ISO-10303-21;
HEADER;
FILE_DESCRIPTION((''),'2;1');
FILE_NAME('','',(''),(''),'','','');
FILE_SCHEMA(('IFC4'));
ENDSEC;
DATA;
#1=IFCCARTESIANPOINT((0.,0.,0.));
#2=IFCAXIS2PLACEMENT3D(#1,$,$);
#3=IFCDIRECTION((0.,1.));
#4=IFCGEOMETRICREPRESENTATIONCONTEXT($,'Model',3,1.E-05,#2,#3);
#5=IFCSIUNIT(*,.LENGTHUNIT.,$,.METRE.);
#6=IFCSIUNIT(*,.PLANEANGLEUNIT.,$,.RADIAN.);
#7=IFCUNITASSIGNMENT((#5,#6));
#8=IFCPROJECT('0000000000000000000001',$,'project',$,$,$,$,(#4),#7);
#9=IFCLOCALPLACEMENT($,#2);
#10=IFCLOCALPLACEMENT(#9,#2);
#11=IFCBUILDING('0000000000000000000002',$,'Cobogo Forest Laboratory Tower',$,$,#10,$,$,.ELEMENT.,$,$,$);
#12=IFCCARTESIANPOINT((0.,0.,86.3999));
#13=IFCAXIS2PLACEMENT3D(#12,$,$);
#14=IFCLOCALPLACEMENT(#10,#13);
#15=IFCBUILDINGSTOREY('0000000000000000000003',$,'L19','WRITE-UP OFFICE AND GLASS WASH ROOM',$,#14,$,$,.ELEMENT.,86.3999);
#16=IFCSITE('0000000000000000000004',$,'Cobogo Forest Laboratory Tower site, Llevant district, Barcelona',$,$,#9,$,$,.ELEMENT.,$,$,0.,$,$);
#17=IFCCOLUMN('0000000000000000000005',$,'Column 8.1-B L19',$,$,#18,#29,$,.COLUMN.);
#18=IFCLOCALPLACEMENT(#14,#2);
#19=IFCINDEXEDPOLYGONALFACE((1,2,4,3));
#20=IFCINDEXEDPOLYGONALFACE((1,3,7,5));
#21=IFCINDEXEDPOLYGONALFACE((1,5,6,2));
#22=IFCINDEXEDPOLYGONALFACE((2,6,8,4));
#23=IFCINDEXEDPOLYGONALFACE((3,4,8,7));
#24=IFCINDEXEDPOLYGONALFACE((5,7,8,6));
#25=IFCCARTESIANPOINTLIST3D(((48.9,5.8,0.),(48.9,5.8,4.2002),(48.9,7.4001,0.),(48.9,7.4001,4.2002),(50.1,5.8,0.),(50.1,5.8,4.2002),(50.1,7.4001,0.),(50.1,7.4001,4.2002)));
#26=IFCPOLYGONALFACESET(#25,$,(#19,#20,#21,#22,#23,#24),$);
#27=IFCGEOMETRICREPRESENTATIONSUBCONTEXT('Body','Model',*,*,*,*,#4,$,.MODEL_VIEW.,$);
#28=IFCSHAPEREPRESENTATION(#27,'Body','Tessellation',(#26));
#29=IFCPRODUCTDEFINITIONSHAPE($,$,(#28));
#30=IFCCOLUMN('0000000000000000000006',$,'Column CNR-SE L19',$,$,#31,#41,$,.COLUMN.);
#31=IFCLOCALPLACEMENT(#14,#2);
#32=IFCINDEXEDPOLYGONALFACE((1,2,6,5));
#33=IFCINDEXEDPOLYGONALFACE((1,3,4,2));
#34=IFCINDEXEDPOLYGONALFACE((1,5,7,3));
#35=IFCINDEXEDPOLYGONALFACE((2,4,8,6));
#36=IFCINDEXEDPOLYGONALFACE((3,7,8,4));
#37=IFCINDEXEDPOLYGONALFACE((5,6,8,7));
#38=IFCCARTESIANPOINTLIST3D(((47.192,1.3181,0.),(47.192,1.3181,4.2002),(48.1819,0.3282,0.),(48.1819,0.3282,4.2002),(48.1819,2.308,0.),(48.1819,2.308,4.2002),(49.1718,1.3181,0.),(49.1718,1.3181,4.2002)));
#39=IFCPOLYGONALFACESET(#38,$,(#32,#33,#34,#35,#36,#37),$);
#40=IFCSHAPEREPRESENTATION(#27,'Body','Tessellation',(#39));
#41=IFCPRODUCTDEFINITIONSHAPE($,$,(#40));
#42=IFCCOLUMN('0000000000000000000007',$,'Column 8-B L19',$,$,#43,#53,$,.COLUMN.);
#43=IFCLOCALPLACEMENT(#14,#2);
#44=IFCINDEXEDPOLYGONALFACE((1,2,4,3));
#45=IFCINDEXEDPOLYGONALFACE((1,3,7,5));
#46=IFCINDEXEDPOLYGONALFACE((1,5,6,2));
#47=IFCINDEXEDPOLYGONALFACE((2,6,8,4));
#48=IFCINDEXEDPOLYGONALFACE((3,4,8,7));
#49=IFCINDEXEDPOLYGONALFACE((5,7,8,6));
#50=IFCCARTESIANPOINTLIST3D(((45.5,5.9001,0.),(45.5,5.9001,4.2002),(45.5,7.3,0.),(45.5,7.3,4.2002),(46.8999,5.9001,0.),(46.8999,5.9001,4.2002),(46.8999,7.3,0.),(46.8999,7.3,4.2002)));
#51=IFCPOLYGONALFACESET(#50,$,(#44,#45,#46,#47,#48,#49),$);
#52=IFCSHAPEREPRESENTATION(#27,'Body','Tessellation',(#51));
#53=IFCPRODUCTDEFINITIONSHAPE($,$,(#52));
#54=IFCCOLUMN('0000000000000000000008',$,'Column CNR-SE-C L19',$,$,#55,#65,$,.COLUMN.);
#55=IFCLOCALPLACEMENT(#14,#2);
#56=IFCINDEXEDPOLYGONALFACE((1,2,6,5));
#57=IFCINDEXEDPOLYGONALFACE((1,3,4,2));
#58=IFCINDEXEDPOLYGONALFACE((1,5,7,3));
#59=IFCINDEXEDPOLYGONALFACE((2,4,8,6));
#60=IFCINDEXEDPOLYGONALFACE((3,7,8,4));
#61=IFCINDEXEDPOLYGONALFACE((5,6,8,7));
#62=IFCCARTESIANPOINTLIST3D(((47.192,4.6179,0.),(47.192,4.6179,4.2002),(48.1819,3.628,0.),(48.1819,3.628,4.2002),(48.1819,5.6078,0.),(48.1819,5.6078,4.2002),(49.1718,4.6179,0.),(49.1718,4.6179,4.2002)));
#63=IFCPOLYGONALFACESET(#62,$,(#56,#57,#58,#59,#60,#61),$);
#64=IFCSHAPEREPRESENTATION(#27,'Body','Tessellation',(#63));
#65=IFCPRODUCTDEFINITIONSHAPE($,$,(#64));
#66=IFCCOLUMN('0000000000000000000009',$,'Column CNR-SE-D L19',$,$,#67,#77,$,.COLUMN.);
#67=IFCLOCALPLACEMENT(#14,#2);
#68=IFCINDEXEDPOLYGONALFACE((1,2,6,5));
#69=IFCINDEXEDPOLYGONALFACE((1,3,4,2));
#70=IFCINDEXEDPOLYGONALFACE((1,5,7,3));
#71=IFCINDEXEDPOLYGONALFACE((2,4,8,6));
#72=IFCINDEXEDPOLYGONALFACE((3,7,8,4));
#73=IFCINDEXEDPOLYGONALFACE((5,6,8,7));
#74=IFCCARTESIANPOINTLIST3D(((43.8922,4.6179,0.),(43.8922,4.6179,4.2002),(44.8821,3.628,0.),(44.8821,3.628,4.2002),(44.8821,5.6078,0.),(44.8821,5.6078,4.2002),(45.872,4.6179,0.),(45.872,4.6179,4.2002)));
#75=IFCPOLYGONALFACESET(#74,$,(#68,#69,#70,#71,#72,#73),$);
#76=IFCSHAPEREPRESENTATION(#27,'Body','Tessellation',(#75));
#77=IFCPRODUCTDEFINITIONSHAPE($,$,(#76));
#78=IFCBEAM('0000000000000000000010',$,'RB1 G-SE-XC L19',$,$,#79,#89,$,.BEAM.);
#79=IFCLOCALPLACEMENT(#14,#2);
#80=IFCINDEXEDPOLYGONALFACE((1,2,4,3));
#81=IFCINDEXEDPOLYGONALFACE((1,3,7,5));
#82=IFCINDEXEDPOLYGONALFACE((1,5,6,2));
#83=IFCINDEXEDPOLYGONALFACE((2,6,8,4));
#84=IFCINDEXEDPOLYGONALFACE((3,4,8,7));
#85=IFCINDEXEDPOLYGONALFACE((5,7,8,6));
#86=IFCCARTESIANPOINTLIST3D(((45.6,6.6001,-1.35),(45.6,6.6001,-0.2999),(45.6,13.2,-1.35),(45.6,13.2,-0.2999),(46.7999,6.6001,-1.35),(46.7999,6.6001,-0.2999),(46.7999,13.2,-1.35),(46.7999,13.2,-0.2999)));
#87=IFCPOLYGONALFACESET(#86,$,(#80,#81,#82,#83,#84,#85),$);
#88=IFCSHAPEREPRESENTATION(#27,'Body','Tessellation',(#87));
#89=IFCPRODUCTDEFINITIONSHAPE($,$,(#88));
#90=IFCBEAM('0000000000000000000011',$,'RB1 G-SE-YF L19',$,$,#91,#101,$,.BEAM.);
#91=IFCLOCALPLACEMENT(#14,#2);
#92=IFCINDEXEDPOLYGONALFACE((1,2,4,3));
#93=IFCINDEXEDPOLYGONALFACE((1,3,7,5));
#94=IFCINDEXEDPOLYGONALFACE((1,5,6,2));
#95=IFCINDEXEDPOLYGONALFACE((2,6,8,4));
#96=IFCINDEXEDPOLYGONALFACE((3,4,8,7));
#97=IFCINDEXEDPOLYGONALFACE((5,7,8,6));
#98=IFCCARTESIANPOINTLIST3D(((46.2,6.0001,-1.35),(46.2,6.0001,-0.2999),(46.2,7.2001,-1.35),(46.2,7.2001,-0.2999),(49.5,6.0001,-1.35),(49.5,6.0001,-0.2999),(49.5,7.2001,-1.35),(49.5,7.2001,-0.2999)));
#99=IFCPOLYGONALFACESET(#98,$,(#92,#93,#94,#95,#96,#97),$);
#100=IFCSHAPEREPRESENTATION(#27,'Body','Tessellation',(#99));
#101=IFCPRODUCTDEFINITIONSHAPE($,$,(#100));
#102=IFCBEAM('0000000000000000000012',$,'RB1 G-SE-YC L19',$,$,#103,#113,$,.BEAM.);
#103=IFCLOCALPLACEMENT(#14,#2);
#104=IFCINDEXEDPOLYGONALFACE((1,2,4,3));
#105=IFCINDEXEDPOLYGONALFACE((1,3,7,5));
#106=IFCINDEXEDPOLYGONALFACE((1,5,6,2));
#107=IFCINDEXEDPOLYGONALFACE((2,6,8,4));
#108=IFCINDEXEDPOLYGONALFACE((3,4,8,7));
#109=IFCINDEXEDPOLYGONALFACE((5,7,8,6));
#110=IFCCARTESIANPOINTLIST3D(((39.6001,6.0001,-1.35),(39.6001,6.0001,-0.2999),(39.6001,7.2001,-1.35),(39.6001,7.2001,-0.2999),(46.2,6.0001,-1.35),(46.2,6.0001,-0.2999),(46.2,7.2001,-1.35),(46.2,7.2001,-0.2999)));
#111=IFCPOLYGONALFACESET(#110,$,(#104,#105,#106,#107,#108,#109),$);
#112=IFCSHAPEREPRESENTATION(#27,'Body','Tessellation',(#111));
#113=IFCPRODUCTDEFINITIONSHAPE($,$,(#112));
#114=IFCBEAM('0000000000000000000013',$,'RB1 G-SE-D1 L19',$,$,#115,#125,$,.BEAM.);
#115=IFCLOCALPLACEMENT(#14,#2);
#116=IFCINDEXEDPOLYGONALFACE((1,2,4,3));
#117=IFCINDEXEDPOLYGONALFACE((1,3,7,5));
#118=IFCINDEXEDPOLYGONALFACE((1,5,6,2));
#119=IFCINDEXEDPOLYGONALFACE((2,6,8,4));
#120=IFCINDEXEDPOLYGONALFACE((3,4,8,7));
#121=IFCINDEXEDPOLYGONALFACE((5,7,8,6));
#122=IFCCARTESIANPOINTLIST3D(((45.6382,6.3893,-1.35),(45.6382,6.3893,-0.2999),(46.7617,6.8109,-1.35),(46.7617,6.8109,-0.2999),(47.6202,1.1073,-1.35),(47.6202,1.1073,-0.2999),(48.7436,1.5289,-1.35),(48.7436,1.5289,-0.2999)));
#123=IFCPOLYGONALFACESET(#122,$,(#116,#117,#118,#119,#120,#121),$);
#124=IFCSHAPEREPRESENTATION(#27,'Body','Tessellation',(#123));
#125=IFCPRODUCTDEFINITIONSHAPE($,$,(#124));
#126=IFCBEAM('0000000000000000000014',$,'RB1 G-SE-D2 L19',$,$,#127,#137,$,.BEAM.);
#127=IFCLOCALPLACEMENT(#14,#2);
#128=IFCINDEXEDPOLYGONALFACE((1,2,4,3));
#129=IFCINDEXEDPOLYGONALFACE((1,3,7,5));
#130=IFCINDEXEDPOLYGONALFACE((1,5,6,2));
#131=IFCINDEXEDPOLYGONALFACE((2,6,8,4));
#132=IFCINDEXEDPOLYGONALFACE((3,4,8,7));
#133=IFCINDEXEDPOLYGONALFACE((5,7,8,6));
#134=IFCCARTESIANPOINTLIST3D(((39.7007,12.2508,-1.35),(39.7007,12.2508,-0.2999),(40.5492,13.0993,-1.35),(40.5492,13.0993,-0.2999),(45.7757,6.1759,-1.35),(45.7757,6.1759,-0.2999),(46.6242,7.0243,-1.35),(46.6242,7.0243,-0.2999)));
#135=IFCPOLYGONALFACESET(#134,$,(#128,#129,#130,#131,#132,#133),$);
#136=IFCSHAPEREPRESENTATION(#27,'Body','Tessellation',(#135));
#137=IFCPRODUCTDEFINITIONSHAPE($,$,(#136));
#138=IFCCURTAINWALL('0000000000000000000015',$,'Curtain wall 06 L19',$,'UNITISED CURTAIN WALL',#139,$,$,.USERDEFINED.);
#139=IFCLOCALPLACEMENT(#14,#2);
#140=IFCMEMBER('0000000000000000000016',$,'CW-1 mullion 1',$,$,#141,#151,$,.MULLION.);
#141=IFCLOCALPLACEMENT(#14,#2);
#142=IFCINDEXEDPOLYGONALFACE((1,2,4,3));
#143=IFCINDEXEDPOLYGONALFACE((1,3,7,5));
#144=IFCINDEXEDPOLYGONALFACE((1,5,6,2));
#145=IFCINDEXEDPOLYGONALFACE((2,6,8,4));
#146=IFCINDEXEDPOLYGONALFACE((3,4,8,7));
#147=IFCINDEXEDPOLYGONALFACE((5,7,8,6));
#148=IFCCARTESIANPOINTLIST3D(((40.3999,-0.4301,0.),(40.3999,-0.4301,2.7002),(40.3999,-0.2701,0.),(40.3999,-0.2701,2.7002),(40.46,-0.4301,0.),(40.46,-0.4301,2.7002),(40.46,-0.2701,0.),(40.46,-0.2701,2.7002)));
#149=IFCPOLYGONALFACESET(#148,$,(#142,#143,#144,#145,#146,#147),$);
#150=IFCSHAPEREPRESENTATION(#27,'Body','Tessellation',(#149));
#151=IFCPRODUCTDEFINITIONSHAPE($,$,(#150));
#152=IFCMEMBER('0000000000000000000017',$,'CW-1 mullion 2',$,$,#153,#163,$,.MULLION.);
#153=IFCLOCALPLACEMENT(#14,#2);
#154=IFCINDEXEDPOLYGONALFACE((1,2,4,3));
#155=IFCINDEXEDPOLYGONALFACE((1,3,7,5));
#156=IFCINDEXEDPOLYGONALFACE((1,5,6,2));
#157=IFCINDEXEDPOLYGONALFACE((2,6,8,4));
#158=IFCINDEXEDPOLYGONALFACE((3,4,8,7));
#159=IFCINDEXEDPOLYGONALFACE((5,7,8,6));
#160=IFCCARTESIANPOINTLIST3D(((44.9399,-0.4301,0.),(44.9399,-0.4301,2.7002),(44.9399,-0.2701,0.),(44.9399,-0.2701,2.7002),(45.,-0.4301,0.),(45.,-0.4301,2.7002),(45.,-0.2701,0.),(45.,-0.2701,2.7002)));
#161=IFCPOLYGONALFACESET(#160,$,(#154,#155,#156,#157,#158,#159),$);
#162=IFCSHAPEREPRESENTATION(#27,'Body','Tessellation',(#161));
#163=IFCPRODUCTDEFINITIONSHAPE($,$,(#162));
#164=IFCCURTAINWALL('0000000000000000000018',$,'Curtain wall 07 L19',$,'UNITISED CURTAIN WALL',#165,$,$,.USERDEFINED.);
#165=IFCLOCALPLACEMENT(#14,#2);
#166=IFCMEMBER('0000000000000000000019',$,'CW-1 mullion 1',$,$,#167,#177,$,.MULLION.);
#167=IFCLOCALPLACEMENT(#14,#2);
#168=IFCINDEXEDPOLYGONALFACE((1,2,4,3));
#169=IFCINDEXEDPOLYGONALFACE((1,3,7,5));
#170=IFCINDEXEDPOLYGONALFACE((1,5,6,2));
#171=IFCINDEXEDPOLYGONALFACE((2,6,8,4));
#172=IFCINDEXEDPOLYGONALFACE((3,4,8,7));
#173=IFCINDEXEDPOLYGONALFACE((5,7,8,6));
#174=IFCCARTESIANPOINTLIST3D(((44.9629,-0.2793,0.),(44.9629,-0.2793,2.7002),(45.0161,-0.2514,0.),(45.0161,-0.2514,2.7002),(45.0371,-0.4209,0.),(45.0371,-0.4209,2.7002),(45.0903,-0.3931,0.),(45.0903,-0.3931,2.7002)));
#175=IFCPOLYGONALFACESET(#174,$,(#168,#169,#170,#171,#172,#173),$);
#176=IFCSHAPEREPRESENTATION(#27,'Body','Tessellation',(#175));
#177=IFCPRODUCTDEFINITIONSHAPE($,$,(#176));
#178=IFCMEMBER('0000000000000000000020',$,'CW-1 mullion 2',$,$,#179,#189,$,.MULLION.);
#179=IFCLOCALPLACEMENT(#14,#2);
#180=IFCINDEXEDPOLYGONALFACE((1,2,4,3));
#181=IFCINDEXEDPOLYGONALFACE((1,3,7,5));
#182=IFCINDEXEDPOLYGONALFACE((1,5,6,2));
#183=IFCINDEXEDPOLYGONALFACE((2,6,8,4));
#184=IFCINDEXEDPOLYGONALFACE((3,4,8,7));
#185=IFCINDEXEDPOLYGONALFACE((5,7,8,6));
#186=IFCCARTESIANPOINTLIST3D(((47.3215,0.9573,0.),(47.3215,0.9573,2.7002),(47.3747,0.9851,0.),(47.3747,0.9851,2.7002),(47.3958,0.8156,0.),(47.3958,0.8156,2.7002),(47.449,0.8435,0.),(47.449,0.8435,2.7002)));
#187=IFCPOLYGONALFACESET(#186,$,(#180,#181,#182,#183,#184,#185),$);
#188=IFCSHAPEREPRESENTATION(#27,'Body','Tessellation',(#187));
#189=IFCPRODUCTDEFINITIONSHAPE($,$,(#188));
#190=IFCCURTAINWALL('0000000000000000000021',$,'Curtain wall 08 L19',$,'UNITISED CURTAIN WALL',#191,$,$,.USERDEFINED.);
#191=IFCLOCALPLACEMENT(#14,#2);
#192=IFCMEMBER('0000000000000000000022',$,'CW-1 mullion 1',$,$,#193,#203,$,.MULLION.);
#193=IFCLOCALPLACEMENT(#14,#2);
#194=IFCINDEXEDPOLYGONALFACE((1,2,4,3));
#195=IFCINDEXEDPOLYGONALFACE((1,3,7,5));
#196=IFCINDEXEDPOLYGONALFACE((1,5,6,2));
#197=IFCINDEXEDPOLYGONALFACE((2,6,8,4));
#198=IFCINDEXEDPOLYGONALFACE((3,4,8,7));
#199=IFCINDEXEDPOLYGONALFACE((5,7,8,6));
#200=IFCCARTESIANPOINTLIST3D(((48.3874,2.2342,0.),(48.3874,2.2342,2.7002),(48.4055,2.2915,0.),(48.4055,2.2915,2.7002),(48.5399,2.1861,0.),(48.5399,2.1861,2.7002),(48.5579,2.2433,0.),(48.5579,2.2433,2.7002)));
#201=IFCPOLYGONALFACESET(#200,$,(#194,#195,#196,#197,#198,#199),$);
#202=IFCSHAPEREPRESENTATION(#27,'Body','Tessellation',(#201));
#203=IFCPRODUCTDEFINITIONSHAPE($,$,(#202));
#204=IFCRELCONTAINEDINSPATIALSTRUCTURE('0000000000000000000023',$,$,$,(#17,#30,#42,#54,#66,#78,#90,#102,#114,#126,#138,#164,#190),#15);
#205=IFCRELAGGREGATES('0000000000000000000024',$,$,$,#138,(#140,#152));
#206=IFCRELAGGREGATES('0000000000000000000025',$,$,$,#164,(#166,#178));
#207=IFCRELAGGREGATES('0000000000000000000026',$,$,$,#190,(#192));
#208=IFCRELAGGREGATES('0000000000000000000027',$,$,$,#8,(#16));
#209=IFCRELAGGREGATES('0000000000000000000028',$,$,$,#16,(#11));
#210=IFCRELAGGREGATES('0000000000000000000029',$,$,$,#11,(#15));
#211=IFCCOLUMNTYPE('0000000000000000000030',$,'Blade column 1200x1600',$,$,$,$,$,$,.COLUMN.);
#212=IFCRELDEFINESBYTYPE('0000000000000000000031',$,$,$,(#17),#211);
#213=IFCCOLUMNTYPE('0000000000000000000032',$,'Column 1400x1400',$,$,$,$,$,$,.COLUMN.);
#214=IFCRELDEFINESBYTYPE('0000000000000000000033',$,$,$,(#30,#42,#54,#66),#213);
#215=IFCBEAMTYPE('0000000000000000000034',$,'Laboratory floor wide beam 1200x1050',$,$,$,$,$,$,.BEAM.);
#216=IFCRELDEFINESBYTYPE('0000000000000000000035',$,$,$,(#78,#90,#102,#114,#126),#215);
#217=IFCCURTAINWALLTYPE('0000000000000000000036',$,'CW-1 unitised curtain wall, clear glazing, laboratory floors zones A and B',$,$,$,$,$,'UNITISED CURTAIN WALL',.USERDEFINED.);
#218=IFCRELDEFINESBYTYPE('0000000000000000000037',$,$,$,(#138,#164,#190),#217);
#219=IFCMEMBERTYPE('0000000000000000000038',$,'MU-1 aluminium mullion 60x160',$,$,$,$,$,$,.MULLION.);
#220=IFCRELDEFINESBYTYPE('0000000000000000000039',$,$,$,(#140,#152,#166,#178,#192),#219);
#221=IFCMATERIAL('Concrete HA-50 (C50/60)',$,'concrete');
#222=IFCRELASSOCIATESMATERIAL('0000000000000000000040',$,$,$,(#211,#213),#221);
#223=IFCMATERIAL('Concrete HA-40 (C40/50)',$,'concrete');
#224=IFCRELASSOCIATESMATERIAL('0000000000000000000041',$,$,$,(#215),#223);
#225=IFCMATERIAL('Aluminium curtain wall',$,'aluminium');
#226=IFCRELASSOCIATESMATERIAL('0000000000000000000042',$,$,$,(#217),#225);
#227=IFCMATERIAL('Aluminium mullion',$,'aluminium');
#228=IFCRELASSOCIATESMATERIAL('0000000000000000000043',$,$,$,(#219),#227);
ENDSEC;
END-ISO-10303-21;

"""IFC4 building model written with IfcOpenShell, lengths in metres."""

from ifc_helpers import new_model, si_unit, direction, frame, origin, origin_2d, place, context, subcontext, project, spatial, rectangle, extrude, material, material_profile, profile_set, type_object, element, aggregate, save


model = new_model("IFC4")

# Units and contexts
model_context = context("Model", 3, precision=1e-05, world=origin(), true_north=direction((0.0, 1.0)))
body_context = subcontext(model_context, "Body", "Model", "MODEL_VIEW")
ifc_project = project(units=[si_unit("LENGTHUNIT", "METRE"), si_unit("PLANEANGLEUNIT", "RADIAN")], contexts=[model_context])

# Site, building, storey
site_placement = place(None, origin())
site = spatial("IfcSite", under=ifc_project, at=site_placement, Name="Cobogo Forest Laboratory Tower site, Llevant district, Barcelona", CompositionType="ELEMENT", RefElevation=0.0)
building_placement = place(site_placement, origin())
building = spatial("IfcBuilding", under=site, at=building_placement, Name="Cobogo Forest Laboratory Tower", CompositionType="ELEMENT")
storey_placement = place(building_placement, frame((0.0, 0.0, 86.3999)))
storey = spatial("IfcBuildingStorey", under=building, at=storey_placement, Name="L19", Description="WRITE-UP OFFICE AND GLASS WASH ROOM", CompositionType="ELEMENT", Elevation=86.3999)

# Columns
ifc_material_1 = material(Name="Concrete HA-50 (C50/60)", Category="concrete")
ifc_material_profile_1 = material_profile(ifc_material_1, rectangle(XDim=1.6001, YDim=1.2, at=origin_2d()), Name="RC 1200x1600")
ifc_profile_set_1 = profile_set([ifc_material_profile_1], Name="Concrete HA-50 (C50/60)")
column_type_1 = type_object("IfcColumnType", Name="Blade column 1200x1600", PredefinedType="COLUMN", material=ifc_profile_set_1)
column_placement = place(storey_placement, frame((49.5, 6.6001, 0.0), z_axis=(0.0, 0.0, 1.0), x_axis=(0.0, 1.0, 0.0)))
element("IfcColumn", 1, at=column_placement, inside=storey, type_object=column_type_1, Name="Column 8.1-B L19", PredefinedType="COLUMN", context=body_context, shape_type="SweptSolid", body=[
    extrude(rectangle(XDim=1.6001, YDim=1.2, at=origin_2d()), origin(), (0.0, 0.0, 1.0), 4.2002),
])
ifc_material_profile_2 = material_profile(ifc_material_1, rectangle(XDim=1.3999, YDim=1.3999, at=origin_2d()), Name="RC 1400x1400")
ifc_profile_set_2 = profile_set([ifc_material_profile_2], Name="Concrete HA-50 (C50/60)")
column_type_2 = type_object("IfcColumnType", Name="Column 1400x1400", PredefinedType="COLUMN", material=ifc_profile_set_2)
for number, where, z_axis, x_axis, name in (
    (2, (48.1819, 1.3181, 0.0), (0.0, 0.0, 1.0), (0.707107, 0.707107, 0.0), "Column CNR-SE L19"),
    (3, (46.2, 6.6001, 0.0), (0.0, 0.0, 1.0), (1.0, 0.0, 0.0), "Column 8-B L19"),
    (4, (48.1819, 4.6179, 0.0), (0.0, 0.0, 1.0), (0.707107, 0.707107, 0.0), "Column CNR-SE-C L19"),
    (5, (44.8821, 4.6179, 0.0), (0.0, 0.0, 1.0), (0.707107, 0.707107, 0.0), "Column CNR-SE-D L19"),
):
    element("IfcColumn", number, at=place(storey_placement, frame(where, z_axis=z_axis, x_axis=x_axis)), inside=storey, type_object=column_type_2, Name=name, PredefinedType="COLUMN", context=body_context, shape_type="SweptSolid", body=[
        extrude(rectangle(XDim=1.3999, YDim=1.3999, at=origin_2d()), origin(), (0.0, 0.0, 1.0), 4.2002),
    ])

# Beams
ifc_material_2 = material(Name="Concrete HA-40 (C40/50)", Category="concrete")
ifc_material_profile_3 = material_profile(ifc_material_2, rectangle(XDim=1.2, YDim=1.05, at=origin_2d()), Name="RC 1200x1050")
ifc_profile_set_3 = profile_set([ifc_material_profile_3], Name="Concrete HA-40 (C40/50)")
beam_type_1 = type_object("IfcBeamType", Name="Laboratory floor wide beam 1200x1050", PredefinedType="BEAM", material=ifc_profile_set_3)
beam_1_placement = place(storey_placement, frame((46.2, 6.6001, -0.825), z_axis=(0.0, 1.0, 0.0), x_axis=(-1.0, 0.0, 0.0)))
element("IfcBeam", 6, at=beam_1_placement, inside=storey, type_object=beam_type_1, Name="RB1 G-SE-XC L19", PredefinedType="BEAM", context=body_context, shape_type="SweptSolid", body=[
    extrude(rectangle(XDim=1.2, YDim=1.05, at=origin_2d()), origin(), (0.0, 0.0, 1.0), 6.5999),
])
beam_2_placement = place(storey_placement, frame((49.5, 6.6001, -0.825), z_axis=(-1.0, 0.0, 0.0), x_axis=(0.0, -1.0, 0.0)))
element("IfcBeam", 7, at=beam_2_placement, inside=storey, type_object=beam_type_1, Name="RB1 G-SE-YF L19", PredefinedType="BEAM", context=body_context, shape_type="SweptSolid", body=[
    extrude(rectangle(XDim=1.2, YDim=1.05, at=origin_2d()), origin(), (0.0, 0.0, 1.0), 3.3),
])
beam_3_placement = place(storey_placement, frame((46.2, 6.6001, -0.825), z_axis=(-1.0, 0.0, 0.0), x_axis=(0.0, -1.0, 0.0)))
element("IfcBeam", 8, at=beam_3_placement, inside=storey, type_object=beam_type_1, Name="RB1 G-SE-YC L19", PredefinedType="BEAM", context=body_context, shape_type="SweptSolid", body=[
    extrude(rectangle(XDim=1.2, YDim=1.05, at=origin_2d()), origin(), (0.0, 0.0, 1.0), 6.5999),
])
beam_4_placement = place(storey_placement, frame((48.1819, 1.3181, -0.825), z_axis=(-0.351308, 0.93626, 0.0), x_axis=(-0.93626, -0.351308, 0.0)))
element("IfcBeam", 9, at=beam_4_placement, inside=storey, type_object=beam_type_1, Name="RB1 G-SE-D1 L19", PredefinedType="BEAM", context=body_context, shape_type="SweptSolid", body=[
    extrude(rectangle(XDim=1.2, YDim=1.05, at=origin_2d()), origin(), (0.0, 0.0, 1.0), 5.6416),
])
beam_5_placement = place(storey_placement, frame((46.2, 6.6001, -0.825), z_axis=(-0.707107, 0.707107, 0.0), x_axis=(-0.707107, -0.707107, 0.0)))
element("IfcBeam", 10, at=beam_5_placement, inside=storey, type_object=beam_type_1, Name="RB1 G-SE-D2 L19", PredefinedType="BEAM", context=body_context, shape_type="SweptSolid", body=[
    extrude(rectangle(XDim=1.2, YDim=1.05, at=origin_2d()), origin(), (0.0, 0.0, 1.0), 8.5913),
])

# Curtain walls, members
ifc_material_3 = material(Name="Aluminium curtain wall", Category="aluminium")
curtain_wall_type = type_object("IfcCurtainWallType", Name="CW-1 unitised curtain wall, clear glazing, laboratory floors zones A and B", ElementType="UNITISED CURTAIN WALL", PredefinedType="USERDEFINED", material=ifc_material_3)
curtain_wall_1_placement = place(storey_placement, origin())
curtain_wall_1 = element("IfcCurtainWall", 11, at=curtain_wall_1_placement, inside=storey, type_object=curtain_wall_type, Name="Curtain wall 06 L19", ObjectType="UNITISED CURTAIN WALL", PredefinedType="USERDEFINED")
ifc_material_4 = material(Name="Aluminium mullion", Category="aluminium")
ifc_material_profile_4 = material_profile(ifc_material_4, rectangle(XDim=0.0601, YDim=0.1599, at=origin_2d()), Name="AL 60x160")
ifc_profile_set_4 = profile_set([ifc_material_profile_4], Name="Aluminium mullion")
member_type_1 = type_object("IfcMemberType", Name="MU-1 aluminium mullion 60x160", PredefinedType="MULLION", material=ifc_profile_set_4)
member_1_placement = place(storey_placement, frame((40.4299, -0.3501, 0.0), z_axis=(0.0, 0.0, 1.0), x_axis=(1.0, 0.0, 0.0)))
member_1 = element("IfcMember", 12, at=member_1_placement, type_object=member_type_1, Name="CW-1 mullion 1", PredefinedType="MULLION", context=body_context, shape_type="SweptSolid", body=[
    extrude(rectangle(XDim=0.0601, YDim=0.1599, at=origin_2d()), origin(), (0.0, 0.0, 1.0), 2.7002),
])
member_2_placement = place(storey_placement, frame((44.97, -0.3501, 0.0), z_axis=(0.0, 0.0, 1.0), x_axis=(1.0, 0.0, 0.0)))
member_2 = element("IfcMember", 13, at=member_2_placement, type_object=member_type_1, Name="CW-1 mullion 2", PredefinedType="MULLION", context=body_context, shape_type="SweptSolid", body=[
    extrude(rectangle(XDim=0.0601, YDim=0.1599, at=origin_2d()), origin(), (0.0, 0.0, 1.0), 2.7002),
])
curtain_wall_2_placement = place(storey_placement, origin())
curtain_wall_2 = element("IfcCurtainWall", 14, at=curtain_wall_2_placement, inside=storey, type_object=curtain_wall_type, Name="Curtain wall 07 L19", ObjectType="UNITISED CURTAIN WALL", PredefinedType="USERDEFINED")
member_3_placement = place(storey_placement, frame((45.0266, -0.3362, 0.0), z_axis=(0.0, 0.0, 1.0), x_axis=(0.885687, 0.464284, 0.0)))
member_3 = element("IfcMember", 15, at=member_3_placement, type_object=member_type_1, Name="CW-1 mullion 1", PredefinedType="MULLION", context=body_context, shape_type="SweptSolid", body=[
    extrude(rectangle(XDim=0.0601, YDim=0.1599, at=origin_2d()), origin(), (0.0, 0.0, 1.0), 2.7002),
])
member_4_placement = place(storey_placement, frame((47.3853, 0.9004, 0.0), z_axis=(0.0, 0.0, 1.0), x_axis=(0.885687, 0.464284, 0.0)))
member_4 = element("IfcMember", 16, at=member_4_placement, type_object=member_type_1, Name="CW-1 mullion 2", PredefinedType="MULLION", context=body_context, shape_type="SweptSolid", body=[
    extrude(rectangle(XDim=0.0601, YDim=0.1599, at=origin_2d()), origin(), (0.0, 0.0, 1.0), 2.7002),
])
curtain_wall_3_placement = place(storey_placement, origin())
curtain_wall_3 = element("IfcCurtainWall", 17, at=curtain_wall_3_placement, inside=storey, type_object=curtain_wall_type, Name="Curtain wall 08 L19", ObjectType="UNITISED CURTAIN WALL", PredefinedType="USERDEFINED")
member_5_placement = place(storey_placement, frame((48.4727, 2.2388, 0.0), z_axis=(0.0, 0.0, 1.0), x_axis=(0.301135, 0.953581, 0.0)))
member_5 = element("IfcMember", 18, at=member_5_placement, type_object=member_type_1, Name="CW-1 mullion 1", PredefinedType="MULLION", context=body_context, shape_type="SweptSolid", body=[
    extrude(rectangle(XDim=0.0601, YDim=0.1599, at=origin_2d()), origin(), (0.0, 0.0, 1.0), 2.7002),
])

aggregate(curtain_wall_1, [member_1, member_2])
aggregate(curtain_wall_2, [member_3, member_4])
aggregate(curtain_wall_3, [member_5])

save(model, "model.ifc")
